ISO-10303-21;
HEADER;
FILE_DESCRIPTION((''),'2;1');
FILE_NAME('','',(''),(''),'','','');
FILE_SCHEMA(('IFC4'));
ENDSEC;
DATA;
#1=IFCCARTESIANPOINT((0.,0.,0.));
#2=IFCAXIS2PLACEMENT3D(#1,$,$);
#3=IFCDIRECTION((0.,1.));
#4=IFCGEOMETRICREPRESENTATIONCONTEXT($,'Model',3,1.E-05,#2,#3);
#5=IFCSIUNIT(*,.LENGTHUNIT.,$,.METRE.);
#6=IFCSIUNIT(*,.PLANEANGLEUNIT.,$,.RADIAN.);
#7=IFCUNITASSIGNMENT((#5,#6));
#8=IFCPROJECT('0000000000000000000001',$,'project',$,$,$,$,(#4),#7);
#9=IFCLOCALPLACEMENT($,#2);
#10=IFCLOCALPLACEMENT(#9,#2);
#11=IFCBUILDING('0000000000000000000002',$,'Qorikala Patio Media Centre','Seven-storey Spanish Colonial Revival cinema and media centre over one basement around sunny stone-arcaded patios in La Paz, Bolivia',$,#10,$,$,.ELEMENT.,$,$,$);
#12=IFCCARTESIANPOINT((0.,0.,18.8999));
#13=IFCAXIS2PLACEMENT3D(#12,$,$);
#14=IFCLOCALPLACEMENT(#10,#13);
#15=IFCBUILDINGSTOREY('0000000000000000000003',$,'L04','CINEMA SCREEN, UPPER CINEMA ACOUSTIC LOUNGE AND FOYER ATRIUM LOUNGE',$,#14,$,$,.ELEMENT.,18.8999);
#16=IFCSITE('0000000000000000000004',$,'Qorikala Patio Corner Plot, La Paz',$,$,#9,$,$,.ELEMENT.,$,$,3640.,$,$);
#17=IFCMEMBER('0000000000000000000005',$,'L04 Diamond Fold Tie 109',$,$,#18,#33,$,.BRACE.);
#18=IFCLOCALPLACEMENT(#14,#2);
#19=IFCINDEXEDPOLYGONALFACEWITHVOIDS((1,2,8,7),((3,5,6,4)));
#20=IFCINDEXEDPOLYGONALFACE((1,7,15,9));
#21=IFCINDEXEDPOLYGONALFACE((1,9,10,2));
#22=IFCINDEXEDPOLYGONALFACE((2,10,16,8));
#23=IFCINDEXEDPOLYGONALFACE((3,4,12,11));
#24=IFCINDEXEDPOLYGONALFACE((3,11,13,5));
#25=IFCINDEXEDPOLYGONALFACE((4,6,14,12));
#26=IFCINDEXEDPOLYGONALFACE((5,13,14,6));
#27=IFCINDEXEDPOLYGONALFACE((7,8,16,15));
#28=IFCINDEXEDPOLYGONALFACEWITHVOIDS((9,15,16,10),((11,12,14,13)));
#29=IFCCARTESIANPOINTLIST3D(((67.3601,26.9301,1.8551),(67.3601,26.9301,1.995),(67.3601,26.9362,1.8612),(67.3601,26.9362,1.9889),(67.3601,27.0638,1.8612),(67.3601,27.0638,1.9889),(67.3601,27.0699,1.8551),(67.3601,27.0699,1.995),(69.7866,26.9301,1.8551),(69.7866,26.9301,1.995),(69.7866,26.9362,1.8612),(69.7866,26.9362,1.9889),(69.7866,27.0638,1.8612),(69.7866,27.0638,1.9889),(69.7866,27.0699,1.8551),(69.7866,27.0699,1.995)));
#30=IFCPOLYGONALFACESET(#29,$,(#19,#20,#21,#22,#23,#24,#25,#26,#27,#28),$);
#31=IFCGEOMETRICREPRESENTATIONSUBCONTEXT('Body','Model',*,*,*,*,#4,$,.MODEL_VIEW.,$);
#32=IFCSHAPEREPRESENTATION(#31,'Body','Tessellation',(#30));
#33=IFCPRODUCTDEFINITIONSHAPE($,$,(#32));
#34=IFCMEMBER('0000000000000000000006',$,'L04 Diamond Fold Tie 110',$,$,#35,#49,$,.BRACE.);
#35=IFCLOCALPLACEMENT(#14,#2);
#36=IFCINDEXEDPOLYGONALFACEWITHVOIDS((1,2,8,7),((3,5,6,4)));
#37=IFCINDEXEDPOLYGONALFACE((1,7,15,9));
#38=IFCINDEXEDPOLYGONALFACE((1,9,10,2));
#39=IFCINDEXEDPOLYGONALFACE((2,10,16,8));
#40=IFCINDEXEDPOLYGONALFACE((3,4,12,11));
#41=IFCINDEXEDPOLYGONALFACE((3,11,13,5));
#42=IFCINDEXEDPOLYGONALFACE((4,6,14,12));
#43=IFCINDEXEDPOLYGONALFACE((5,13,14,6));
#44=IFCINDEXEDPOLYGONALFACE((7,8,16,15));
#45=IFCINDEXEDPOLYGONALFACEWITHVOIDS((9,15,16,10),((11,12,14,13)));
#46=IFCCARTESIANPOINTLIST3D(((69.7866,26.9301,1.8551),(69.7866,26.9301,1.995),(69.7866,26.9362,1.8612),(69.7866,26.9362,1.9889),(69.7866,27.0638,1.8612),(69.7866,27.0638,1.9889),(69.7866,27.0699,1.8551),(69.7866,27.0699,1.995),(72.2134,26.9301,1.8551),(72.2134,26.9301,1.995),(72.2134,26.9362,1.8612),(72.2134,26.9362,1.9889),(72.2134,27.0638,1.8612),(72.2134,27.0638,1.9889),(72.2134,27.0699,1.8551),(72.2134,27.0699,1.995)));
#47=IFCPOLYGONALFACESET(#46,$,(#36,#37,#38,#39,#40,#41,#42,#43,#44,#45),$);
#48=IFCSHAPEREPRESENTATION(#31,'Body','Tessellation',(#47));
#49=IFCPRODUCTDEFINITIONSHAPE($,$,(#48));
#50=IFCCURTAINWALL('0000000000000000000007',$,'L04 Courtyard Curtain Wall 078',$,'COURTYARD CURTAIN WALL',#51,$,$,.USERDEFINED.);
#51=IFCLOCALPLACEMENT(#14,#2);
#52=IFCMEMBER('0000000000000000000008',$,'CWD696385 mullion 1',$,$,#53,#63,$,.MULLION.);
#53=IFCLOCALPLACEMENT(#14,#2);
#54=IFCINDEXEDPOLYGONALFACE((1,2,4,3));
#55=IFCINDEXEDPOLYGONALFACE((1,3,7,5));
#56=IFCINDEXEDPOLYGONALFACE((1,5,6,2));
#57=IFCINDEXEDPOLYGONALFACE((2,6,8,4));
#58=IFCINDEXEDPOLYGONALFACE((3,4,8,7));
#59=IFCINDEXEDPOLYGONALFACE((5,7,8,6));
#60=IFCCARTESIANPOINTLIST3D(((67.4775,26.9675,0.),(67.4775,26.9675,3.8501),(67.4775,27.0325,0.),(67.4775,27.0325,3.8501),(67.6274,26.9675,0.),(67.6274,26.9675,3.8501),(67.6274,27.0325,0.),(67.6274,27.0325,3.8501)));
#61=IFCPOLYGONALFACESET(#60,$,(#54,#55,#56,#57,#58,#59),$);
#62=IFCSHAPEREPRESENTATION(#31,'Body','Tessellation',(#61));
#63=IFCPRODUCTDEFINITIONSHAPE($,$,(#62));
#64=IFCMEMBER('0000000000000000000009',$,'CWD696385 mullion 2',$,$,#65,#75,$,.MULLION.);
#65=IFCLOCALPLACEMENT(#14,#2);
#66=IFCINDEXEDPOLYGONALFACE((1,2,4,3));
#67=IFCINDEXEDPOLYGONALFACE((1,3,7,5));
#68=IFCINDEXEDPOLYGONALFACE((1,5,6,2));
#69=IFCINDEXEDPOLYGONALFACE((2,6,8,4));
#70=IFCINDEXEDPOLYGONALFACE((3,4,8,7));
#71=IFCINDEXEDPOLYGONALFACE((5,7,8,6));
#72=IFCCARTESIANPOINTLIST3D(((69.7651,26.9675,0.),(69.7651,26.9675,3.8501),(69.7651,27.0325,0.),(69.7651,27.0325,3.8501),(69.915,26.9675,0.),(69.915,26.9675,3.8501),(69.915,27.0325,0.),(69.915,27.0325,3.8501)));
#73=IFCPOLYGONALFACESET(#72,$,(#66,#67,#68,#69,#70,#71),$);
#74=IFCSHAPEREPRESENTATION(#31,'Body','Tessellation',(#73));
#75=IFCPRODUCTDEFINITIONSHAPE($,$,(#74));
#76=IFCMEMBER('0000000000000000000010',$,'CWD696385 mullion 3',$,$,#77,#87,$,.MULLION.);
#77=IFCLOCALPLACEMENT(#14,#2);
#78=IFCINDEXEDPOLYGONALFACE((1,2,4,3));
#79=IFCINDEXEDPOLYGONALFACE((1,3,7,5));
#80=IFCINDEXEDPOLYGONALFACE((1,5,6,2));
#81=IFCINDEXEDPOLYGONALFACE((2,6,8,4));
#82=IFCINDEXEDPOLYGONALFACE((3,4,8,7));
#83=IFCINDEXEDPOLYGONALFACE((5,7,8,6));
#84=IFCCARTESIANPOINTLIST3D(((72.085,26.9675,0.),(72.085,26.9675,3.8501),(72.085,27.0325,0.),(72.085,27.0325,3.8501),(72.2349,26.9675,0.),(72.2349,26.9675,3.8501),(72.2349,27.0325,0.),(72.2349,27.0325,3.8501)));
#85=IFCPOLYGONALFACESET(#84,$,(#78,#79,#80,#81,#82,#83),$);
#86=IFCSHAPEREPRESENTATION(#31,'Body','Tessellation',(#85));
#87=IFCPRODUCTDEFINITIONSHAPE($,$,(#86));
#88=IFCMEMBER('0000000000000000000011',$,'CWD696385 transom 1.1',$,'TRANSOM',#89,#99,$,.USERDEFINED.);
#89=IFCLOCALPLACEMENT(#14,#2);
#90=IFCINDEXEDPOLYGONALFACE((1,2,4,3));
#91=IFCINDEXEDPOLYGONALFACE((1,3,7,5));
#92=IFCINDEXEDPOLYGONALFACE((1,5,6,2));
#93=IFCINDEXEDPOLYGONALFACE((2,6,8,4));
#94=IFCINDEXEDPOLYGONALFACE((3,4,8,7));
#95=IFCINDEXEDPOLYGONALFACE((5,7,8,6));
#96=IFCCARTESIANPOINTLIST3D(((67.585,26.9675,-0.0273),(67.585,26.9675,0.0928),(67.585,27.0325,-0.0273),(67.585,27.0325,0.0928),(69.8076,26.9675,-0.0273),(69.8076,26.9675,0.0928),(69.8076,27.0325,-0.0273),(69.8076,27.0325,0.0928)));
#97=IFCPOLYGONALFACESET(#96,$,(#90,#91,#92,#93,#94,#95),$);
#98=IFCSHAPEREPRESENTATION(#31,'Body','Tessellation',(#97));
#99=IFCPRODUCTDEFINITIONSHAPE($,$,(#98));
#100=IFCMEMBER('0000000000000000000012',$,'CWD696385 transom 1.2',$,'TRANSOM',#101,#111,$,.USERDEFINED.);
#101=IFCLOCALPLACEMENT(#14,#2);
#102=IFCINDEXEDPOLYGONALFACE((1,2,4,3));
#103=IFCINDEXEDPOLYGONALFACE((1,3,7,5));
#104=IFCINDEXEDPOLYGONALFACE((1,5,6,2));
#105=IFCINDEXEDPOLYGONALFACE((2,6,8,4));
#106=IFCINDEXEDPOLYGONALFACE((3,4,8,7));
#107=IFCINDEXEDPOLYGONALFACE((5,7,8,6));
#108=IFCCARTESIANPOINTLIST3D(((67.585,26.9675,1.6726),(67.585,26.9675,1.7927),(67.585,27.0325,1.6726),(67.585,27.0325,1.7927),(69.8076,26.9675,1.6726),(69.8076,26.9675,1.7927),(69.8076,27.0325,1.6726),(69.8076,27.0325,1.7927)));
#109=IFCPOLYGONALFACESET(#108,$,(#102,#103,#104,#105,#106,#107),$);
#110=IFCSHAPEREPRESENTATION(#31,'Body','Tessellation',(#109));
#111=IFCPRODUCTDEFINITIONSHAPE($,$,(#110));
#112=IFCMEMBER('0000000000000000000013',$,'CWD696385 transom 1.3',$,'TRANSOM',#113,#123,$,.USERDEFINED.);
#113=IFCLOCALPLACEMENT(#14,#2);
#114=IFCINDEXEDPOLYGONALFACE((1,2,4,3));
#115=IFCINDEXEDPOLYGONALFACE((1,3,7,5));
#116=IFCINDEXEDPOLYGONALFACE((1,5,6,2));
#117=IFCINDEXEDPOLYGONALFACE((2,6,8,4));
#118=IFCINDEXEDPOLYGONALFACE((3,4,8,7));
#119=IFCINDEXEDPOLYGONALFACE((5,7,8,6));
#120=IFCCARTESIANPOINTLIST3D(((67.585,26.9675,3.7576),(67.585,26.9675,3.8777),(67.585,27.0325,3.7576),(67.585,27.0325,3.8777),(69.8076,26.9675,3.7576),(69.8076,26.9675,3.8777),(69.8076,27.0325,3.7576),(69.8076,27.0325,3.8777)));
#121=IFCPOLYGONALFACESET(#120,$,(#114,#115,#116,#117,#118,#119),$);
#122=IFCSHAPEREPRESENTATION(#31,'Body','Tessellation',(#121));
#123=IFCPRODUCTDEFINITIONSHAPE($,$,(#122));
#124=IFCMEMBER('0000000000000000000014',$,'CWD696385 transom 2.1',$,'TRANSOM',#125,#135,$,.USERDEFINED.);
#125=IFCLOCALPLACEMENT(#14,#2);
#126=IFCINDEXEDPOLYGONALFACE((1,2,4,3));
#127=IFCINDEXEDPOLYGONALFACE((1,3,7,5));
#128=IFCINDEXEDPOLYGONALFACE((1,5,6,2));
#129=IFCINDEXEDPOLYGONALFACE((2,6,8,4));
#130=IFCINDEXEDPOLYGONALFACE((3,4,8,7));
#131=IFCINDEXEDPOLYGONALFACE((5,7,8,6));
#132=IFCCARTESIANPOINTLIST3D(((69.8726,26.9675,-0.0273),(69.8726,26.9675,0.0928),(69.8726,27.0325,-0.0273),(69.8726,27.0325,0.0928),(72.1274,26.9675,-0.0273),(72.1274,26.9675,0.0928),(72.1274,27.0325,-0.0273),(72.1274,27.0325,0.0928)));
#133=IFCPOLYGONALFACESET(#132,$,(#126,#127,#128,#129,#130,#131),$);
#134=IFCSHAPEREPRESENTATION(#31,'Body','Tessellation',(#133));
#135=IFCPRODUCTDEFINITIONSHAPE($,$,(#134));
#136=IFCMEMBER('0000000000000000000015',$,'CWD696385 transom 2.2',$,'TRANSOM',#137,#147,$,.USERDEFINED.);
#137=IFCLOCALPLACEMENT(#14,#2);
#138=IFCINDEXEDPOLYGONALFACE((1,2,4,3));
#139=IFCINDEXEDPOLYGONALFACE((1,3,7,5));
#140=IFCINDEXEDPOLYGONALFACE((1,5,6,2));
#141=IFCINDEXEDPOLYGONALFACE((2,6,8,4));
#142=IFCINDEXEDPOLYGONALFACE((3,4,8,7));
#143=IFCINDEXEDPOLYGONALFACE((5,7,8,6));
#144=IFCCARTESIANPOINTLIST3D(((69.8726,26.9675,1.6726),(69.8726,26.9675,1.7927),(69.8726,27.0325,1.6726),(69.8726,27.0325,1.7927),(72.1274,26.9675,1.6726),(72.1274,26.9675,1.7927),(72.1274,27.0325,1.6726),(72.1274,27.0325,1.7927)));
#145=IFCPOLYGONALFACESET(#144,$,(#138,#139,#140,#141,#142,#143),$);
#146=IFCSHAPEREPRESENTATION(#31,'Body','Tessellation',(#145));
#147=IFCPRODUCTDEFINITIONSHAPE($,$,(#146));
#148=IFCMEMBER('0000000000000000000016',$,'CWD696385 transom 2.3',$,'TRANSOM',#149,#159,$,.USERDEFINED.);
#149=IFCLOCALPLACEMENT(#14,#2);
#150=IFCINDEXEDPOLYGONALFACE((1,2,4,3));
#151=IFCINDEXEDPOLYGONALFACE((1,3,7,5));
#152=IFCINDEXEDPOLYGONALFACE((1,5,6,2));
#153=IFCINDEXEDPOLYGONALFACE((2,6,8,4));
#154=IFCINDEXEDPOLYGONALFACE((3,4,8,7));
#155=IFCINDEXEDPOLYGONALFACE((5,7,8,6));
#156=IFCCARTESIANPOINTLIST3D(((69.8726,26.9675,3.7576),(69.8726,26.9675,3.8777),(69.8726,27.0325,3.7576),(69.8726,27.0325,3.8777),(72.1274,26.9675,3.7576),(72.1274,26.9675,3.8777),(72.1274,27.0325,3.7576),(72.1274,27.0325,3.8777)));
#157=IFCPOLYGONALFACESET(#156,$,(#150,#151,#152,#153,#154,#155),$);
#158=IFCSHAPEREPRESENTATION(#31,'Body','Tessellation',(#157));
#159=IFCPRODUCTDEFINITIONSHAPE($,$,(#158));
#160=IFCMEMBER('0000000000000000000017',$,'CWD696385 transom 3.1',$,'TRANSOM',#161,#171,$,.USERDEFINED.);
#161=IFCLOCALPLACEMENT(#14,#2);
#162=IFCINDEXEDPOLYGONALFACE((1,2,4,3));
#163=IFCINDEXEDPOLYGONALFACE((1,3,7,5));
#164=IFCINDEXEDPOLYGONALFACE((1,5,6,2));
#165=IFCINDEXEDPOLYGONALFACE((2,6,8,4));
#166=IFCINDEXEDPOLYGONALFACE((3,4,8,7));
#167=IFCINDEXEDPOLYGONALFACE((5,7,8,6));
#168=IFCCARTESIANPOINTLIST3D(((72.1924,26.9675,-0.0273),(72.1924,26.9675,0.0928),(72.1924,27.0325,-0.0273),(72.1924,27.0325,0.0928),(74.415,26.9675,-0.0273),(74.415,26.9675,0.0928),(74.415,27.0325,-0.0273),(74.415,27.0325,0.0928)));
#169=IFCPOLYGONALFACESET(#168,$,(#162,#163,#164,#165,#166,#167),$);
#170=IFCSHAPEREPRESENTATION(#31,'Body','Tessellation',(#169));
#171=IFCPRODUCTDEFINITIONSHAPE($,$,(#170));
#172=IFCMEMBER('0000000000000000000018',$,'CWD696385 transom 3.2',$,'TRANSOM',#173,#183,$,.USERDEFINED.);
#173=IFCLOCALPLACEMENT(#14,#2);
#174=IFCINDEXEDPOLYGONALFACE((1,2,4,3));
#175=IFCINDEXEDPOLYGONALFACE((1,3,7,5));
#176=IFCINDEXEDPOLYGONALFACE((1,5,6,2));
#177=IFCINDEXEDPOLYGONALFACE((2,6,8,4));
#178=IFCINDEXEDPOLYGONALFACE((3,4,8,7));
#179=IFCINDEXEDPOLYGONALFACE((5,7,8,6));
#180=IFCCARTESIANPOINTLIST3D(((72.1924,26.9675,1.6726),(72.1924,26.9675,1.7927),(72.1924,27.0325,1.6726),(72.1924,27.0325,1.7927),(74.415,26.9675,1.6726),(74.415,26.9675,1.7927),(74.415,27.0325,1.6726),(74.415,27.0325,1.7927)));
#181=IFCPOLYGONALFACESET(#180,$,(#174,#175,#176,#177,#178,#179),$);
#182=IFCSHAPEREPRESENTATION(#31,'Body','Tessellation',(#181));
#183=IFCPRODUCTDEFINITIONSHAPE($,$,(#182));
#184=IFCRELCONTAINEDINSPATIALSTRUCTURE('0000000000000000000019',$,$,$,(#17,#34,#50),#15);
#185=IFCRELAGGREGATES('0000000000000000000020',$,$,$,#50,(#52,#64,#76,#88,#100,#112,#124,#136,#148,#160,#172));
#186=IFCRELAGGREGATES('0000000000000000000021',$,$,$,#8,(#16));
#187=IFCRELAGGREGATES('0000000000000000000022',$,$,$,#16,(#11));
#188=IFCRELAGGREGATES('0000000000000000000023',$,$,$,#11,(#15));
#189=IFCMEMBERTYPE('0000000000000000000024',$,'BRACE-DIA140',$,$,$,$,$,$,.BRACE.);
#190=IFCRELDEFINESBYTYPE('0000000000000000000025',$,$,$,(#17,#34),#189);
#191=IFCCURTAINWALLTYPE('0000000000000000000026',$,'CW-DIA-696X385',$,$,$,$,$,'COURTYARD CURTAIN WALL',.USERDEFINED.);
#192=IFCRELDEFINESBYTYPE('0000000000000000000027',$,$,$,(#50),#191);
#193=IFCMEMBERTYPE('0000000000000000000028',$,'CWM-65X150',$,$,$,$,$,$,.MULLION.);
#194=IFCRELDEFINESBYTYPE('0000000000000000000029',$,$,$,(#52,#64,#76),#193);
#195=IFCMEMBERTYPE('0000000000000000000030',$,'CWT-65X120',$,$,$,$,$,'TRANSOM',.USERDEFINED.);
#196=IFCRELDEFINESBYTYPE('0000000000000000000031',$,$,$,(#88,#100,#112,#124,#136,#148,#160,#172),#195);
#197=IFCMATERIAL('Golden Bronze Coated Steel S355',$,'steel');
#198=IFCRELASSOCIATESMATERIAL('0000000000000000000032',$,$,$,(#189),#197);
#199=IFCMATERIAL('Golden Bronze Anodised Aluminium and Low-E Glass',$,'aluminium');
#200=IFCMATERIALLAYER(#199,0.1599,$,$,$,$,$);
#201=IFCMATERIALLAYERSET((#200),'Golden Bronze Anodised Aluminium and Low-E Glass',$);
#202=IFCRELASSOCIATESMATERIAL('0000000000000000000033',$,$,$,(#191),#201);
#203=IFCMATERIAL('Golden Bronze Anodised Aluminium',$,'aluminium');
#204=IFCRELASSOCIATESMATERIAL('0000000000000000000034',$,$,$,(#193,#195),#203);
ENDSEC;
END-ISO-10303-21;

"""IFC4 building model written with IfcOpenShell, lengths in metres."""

from ifc_helpers import new_model, si_unit, direction, frame, origin, origin_2d, place, context, subcontext, project, spatial, rectangle, hollow_rectangle, extrude, material, layer, layer_set, material_profile, profile_set, type_object, element, aggregate, save


model = new_model("IFC4")

# Units and contexts
model_context = context("Model", 3, precision=1e-05, world=origin(), true_north=direction((0.0, 1.0)))
body_context = subcontext(model_context, "Body", "Model", "MODEL_VIEW")
ifc_project = project(units=[si_unit("LENGTHUNIT", "METRE"), si_unit("PLANEANGLEUNIT", "RADIAN")], contexts=[model_context])

# Site, building, storey
site_placement = place(None, origin())
site = spatial("IfcSite", under=ifc_project, at=site_placement, Name="Qorikala Patio Corner Plot, La Paz", CompositionType="ELEMENT", RefElevation=3640.0)
building_placement = place(site_placement, origin())
building = spatial("IfcBuilding", under=site, at=building_placement, Name="Qorikala Patio Media Centre", Description="Seven-storey Spanish Colonial Revival cinema and media centre over one basement around sunny stone-arcaded patios in La Paz, Bolivia", CompositionType="ELEMENT")
storey_placement = place(building_placement, frame((0.0, 0.0, 18.8999)))
storey = spatial("IfcBuildingStorey", under=building, at=storey_placement, Name="L04", Description="CINEMA SCREEN, UPPER CINEMA ACOUSTIC LOUNGE AND FOYER ATRIUM LOUNGE", CompositionType="ELEMENT", Elevation=18.8999)

# Members
ifc_material_1 = material(Name="Golden Bronze Coated Steel S355", Category="steel")
ifc_material_profile_1 = material_profile(ifc_material_1, hollow_rectangle(XDim=0.1399, YDim=0.1399, WallThickness=0.0061, at=origin_2d()), Name="HSS140X140X6")
ifc_profile_set_1 = profile_set([ifc_material_profile_1], Name="Golden Bronze Coated Steel S355")
member_type_1 = type_object("IfcMemberType", Name="BRACE-DIA140", PredefinedType="BRACE", material=ifc_profile_set_1)
member_1_placement = place(storey_placement, frame((67.3601, 27.0, 1.925), z_axis=(1.0, 0.0, 0.0), x_axis=(0.0, 1.0, 0.0)))
element("IfcMember", 1, at=member_1_placement, inside=storey, type_object=member_type_1, Name="L04 Diamond Fold Tie 109", PredefinedType="BRACE", context=body_context, shape_type="SweptSolid", body=[
    extrude(hollow_rectangle(XDim=0.1399, YDim=0.1399, WallThickness=0.0061, at=origin_2d()), origin(), (0.0, 0.0, 1.0), 2.4265),
])
member_2_placement = place(storey_placement, frame((69.7866, 27.0, 1.925), z_axis=(1.0, 0.0, 0.0), x_axis=(0.0, 1.0, 0.0)))
element("IfcMember", 2, at=member_2_placement, inside=storey, type_object=member_type_1, Name="L04 Diamond Fold Tie 110", PredefinedType="BRACE", context=body_context, shape_type="SweptSolid", body=[
    extrude(hollow_rectangle(XDim=0.1399, YDim=0.1399, WallThickness=0.0061, at=origin_2d()), origin(), (0.0, 0.0, 1.0), 2.4268),
])

# Curtain wall, members
ifc_material_2 = material(Name="Golden Bronze Anodised Aluminium and Low-E Glass", Category="aluminium")
ifc_layer_1 = layer(ifc_material_2, 0.1599)
ifc_layer_set_1 = layer_set([ifc_layer_1], Name="Golden Bronze Anodised Aluminium and Low-E Glass")
curtain_wall_type = type_object("IfcCurtainWallType", Name="CW-DIA-696X385", ElementType="COURTYARD CURTAIN WALL", PredefinedType="USERDEFINED", material=ifc_layer_set_1)
curtain_wall_placement = place(storey_placement, origin())
curtain_wall = element("IfcCurtainWall", 3, at=curtain_wall_placement, inside=storey, type_object=curtain_wall_type, Name="L04 Courtyard Curtain Wall 078", ObjectType="COURTYARD CURTAIN WALL", PredefinedType="USERDEFINED")
ifc_material_3 = material(Name="Golden Bronze Anodised Aluminium", Category="aluminium")
ifc_material_profile_2 = material_profile(ifc_material_3, rectangle(XDim=0.0649, YDim=0.1499, at=origin_2d()), Name="ALU MULLION 65x150")
ifc_profile_set_2 = profile_set([ifc_material_profile_2], Name="Golden Bronze Anodised Aluminium")
member_type_2 = type_object("IfcMemberType", Name="CWM-65X150", PredefinedType="MULLION", material=ifc_profile_set_2)
member_3_placement = place(storey_placement, frame((67.5525, 27.0, 0.0), z_axis=(0.0, 0.0, 1.0), x_axis=(0.0, 1.0, 0.0)))
member_3 = element("IfcMember", 4, at=member_3_placement, type_object=member_type_2, Name="CWD696385 mullion 1", PredefinedType="MULLION", context=body_context, shape_type="SweptSolid", body=[
    extrude(rectangle(XDim=0.0649, YDim=0.1499, at=origin_2d()), origin(), (0.0, 0.0, 1.0), 3.8501),
])
member_4_placement = place(storey_placement, frame((69.8401, 27.0, 0.0), z_axis=(0.0, 0.0, 1.0), x_axis=(0.0, 1.0, 0.0)))
member_4 = element("IfcMember", 5, at=member_4_placement, type_object=member_type_2, Name="CWD696385 mullion 2", PredefinedType="MULLION", context=body_context, shape_type="SweptSolid", body=[
    extrude(rectangle(XDim=0.0649, YDim=0.1499, at=origin_2d()), origin(), (0.0, 0.0, 1.0), 3.8501),
])
member_5_placement = place(storey_placement, frame((72.1599, 27.0, 0.0), z_axis=(0.0, 0.0, 1.0), x_axis=(0.0, 1.0, 0.0)))
member_5 = element("IfcMember", 6, at=member_5_placement, type_object=member_type_2, Name="CWD696385 mullion 3", PredefinedType="MULLION", context=body_context, shape_type="SweptSolid", body=[
    extrude(rectangle(XDim=0.0649, YDim=0.1499, at=origin_2d()), origin(), (0.0, 0.0, 1.0), 3.8501),
])
ifc_material_profile_3 = material_profile(ifc_material_3, rectangle(XDim=0.0649, YDim=0.1201, at=origin_2d()), Name="ALU TRANSOM 65x120")
ifc_profile_set_3 = profile_set([ifc_material_profile_3], Name="Golden Bronze Anodised Aluminium")
member_type_3 = type_object("IfcMemberType", Name="CWT-65X120", ElementType="TRANSOM", PredefinedType="USERDEFINED", material=ifc_profile_set_3)
member_6_placement = place(storey_placement, frame((67.585, 27.0, 0.0327), z_axis=(1.0, 0.0, 0.0), x_axis=(0.0, 1.0, 0.0)))
member_6 = element("IfcMember", 7, at=member_6_placement, type_object=member_type_3, Name="CWD696385 transom 1.1", ObjectType="TRANSOM", PredefinedType="USERDEFINED", context=body_context, shape_type="SweptSolid", body=[
    extrude(rectangle(XDim=0.0649, YDim=0.1201, at=origin_2d()), origin(), (0.0, 0.0, 1.0), 2.2227),
])
member_7_placement = place(storey_placement, frame((67.585, 27.0, 1.7327), z_axis=(1.0, 0.0, 0.0), x_axis=(0.0, 1.0, 0.0)))
member_7 = element("IfcMember", 8, at=member_7_placement, type_object=member_type_3, Name="CWD696385 transom 1.2", ObjectType="TRANSOM", PredefinedType="USERDEFINED", context=body_context, shape_type="SweptSolid", body=[
    extrude(rectangle(XDim=0.0649, YDim=0.1201, at=origin_2d()), origin(), (0.0, 0.0, 1.0), 2.2227),
])
member_8_placement = place(storey_placement, frame((67.585, 27.0, 3.8176), z_axis=(1.0, 0.0, 0.0), x_axis=(0.0, 1.0, 0.0)))
member_8 = element("IfcMember", 9, at=member_8_placement, type_object=member_type_3, Name="CWD696385 transom 1.3", ObjectType="TRANSOM", PredefinedType="USERDEFINED", context=body_context, shape_type="SweptSolid", body=[
    extrude(rectangle(XDim=0.0649, YDim=0.1201, at=origin_2d()), origin(), (0.0, 0.0, 1.0), 2.2227),
])
member_9_placement = place(storey_placement, frame((69.8726, 27.0, 0.0327), z_axis=(1.0, 0.0, 0.0), x_axis=(0.0, 1.0, 0.0)))
member_9 = element("IfcMember", 10, at=member_9_placement, type_object=member_type_3, Name="CWD696385 transom 2.1", ObjectType="TRANSOM", PredefinedType="USERDEFINED", context=body_context, shape_type="SweptSolid", body=[
    extrude(rectangle(XDim=0.0649, YDim=0.1201, at=origin_2d()), origin(), (0.0, 0.0, 1.0), 2.2549),
])
member_10_placement = place(storey_placement, frame((69.8726, 27.0, 1.7327), z_axis=(1.0, 0.0, 0.0), x_axis=(0.0, 1.0, 0.0)))
member_10 = element("IfcMember", 11, at=member_10_placement, type_object=member_type_3, Name="CWD696385 transom 2.2", ObjectType="TRANSOM", PredefinedType="USERDEFINED", context=body_context, shape_type="SweptSolid", body=[
    extrude(rectangle(XDim=0.0649, YDim=0.1201, at=origin_2d()), origin(), (0.0, 0.0, 1.0), 2.2549),
])
member_11_placement = place(storey_placement, frame((69.8726, 27.0, 3.8176), z_axis=(1.0, 0.0, 0.0), x_axis=(0.0, 1.0, 0.0)))
member_11 = element("IfcMember", 12, at=member_11_placement, type_object=member_type_3, Name="CWD696385 transom 2.3", ObjectType="TRANSOM", PredefinedType="USERDEFINED", context=body_context, shape_type="SweptSolid", body=[
    extrude(rectangle(XDim=0.0649, YDim=0.1201, at=origin_2d()), origin(), (0.0, 0.0, 1.0), 2.2549),
])
member_12_placement = place(storey_placement, frame((72.1924, 27.0, 0.0327), z_axis=(1.0, 0.0, 0.0), x_axis=(0.0, 1.0, 0.0)))
member_12 = element("IfcMember", 13, at=member_12_placement, type_object=member_type_3, Name="CWD696385 transom 3.1", ObjectType="TRANSOM", PredefinedType="USERDEFINED", context=body_context, shape_type="SweptSolid", body=[
    extrude(rectangle(XDim=0.0649, YDim=0.1201, at=origin_2d()), origin(), (0.0, 0.0, 1.0), 2.2227),
])
member_13_placement = place(storey_placement, frame((72.1924, 27.0, 1.7327), z_axis=(1.0, 0.0, 0.0), x_axis=(0.0, 1.0, 0.0)))
member_13 = element("IfcMember", 14, at=member_13_placement, type_object=member_type_3, Name="CWD696385 transom 3.2", ObjectType="TRANSOM", PredefinedType="USERDEFINED", context=body_context, shape_type="SweptSolid", body=[
    extrude(rectangle(XDim=0.0649, YDim=0.1201, at=origin_2d()), origin(), (0.0, 0.0, 1.0), 2.2227),
])

aggregate(curtain_wall, [member_3, member_4, member_5, member_6, member_7, member_8, member_9, member_10, member_11, member_12, member_13])

save(model, "model.ifc")
